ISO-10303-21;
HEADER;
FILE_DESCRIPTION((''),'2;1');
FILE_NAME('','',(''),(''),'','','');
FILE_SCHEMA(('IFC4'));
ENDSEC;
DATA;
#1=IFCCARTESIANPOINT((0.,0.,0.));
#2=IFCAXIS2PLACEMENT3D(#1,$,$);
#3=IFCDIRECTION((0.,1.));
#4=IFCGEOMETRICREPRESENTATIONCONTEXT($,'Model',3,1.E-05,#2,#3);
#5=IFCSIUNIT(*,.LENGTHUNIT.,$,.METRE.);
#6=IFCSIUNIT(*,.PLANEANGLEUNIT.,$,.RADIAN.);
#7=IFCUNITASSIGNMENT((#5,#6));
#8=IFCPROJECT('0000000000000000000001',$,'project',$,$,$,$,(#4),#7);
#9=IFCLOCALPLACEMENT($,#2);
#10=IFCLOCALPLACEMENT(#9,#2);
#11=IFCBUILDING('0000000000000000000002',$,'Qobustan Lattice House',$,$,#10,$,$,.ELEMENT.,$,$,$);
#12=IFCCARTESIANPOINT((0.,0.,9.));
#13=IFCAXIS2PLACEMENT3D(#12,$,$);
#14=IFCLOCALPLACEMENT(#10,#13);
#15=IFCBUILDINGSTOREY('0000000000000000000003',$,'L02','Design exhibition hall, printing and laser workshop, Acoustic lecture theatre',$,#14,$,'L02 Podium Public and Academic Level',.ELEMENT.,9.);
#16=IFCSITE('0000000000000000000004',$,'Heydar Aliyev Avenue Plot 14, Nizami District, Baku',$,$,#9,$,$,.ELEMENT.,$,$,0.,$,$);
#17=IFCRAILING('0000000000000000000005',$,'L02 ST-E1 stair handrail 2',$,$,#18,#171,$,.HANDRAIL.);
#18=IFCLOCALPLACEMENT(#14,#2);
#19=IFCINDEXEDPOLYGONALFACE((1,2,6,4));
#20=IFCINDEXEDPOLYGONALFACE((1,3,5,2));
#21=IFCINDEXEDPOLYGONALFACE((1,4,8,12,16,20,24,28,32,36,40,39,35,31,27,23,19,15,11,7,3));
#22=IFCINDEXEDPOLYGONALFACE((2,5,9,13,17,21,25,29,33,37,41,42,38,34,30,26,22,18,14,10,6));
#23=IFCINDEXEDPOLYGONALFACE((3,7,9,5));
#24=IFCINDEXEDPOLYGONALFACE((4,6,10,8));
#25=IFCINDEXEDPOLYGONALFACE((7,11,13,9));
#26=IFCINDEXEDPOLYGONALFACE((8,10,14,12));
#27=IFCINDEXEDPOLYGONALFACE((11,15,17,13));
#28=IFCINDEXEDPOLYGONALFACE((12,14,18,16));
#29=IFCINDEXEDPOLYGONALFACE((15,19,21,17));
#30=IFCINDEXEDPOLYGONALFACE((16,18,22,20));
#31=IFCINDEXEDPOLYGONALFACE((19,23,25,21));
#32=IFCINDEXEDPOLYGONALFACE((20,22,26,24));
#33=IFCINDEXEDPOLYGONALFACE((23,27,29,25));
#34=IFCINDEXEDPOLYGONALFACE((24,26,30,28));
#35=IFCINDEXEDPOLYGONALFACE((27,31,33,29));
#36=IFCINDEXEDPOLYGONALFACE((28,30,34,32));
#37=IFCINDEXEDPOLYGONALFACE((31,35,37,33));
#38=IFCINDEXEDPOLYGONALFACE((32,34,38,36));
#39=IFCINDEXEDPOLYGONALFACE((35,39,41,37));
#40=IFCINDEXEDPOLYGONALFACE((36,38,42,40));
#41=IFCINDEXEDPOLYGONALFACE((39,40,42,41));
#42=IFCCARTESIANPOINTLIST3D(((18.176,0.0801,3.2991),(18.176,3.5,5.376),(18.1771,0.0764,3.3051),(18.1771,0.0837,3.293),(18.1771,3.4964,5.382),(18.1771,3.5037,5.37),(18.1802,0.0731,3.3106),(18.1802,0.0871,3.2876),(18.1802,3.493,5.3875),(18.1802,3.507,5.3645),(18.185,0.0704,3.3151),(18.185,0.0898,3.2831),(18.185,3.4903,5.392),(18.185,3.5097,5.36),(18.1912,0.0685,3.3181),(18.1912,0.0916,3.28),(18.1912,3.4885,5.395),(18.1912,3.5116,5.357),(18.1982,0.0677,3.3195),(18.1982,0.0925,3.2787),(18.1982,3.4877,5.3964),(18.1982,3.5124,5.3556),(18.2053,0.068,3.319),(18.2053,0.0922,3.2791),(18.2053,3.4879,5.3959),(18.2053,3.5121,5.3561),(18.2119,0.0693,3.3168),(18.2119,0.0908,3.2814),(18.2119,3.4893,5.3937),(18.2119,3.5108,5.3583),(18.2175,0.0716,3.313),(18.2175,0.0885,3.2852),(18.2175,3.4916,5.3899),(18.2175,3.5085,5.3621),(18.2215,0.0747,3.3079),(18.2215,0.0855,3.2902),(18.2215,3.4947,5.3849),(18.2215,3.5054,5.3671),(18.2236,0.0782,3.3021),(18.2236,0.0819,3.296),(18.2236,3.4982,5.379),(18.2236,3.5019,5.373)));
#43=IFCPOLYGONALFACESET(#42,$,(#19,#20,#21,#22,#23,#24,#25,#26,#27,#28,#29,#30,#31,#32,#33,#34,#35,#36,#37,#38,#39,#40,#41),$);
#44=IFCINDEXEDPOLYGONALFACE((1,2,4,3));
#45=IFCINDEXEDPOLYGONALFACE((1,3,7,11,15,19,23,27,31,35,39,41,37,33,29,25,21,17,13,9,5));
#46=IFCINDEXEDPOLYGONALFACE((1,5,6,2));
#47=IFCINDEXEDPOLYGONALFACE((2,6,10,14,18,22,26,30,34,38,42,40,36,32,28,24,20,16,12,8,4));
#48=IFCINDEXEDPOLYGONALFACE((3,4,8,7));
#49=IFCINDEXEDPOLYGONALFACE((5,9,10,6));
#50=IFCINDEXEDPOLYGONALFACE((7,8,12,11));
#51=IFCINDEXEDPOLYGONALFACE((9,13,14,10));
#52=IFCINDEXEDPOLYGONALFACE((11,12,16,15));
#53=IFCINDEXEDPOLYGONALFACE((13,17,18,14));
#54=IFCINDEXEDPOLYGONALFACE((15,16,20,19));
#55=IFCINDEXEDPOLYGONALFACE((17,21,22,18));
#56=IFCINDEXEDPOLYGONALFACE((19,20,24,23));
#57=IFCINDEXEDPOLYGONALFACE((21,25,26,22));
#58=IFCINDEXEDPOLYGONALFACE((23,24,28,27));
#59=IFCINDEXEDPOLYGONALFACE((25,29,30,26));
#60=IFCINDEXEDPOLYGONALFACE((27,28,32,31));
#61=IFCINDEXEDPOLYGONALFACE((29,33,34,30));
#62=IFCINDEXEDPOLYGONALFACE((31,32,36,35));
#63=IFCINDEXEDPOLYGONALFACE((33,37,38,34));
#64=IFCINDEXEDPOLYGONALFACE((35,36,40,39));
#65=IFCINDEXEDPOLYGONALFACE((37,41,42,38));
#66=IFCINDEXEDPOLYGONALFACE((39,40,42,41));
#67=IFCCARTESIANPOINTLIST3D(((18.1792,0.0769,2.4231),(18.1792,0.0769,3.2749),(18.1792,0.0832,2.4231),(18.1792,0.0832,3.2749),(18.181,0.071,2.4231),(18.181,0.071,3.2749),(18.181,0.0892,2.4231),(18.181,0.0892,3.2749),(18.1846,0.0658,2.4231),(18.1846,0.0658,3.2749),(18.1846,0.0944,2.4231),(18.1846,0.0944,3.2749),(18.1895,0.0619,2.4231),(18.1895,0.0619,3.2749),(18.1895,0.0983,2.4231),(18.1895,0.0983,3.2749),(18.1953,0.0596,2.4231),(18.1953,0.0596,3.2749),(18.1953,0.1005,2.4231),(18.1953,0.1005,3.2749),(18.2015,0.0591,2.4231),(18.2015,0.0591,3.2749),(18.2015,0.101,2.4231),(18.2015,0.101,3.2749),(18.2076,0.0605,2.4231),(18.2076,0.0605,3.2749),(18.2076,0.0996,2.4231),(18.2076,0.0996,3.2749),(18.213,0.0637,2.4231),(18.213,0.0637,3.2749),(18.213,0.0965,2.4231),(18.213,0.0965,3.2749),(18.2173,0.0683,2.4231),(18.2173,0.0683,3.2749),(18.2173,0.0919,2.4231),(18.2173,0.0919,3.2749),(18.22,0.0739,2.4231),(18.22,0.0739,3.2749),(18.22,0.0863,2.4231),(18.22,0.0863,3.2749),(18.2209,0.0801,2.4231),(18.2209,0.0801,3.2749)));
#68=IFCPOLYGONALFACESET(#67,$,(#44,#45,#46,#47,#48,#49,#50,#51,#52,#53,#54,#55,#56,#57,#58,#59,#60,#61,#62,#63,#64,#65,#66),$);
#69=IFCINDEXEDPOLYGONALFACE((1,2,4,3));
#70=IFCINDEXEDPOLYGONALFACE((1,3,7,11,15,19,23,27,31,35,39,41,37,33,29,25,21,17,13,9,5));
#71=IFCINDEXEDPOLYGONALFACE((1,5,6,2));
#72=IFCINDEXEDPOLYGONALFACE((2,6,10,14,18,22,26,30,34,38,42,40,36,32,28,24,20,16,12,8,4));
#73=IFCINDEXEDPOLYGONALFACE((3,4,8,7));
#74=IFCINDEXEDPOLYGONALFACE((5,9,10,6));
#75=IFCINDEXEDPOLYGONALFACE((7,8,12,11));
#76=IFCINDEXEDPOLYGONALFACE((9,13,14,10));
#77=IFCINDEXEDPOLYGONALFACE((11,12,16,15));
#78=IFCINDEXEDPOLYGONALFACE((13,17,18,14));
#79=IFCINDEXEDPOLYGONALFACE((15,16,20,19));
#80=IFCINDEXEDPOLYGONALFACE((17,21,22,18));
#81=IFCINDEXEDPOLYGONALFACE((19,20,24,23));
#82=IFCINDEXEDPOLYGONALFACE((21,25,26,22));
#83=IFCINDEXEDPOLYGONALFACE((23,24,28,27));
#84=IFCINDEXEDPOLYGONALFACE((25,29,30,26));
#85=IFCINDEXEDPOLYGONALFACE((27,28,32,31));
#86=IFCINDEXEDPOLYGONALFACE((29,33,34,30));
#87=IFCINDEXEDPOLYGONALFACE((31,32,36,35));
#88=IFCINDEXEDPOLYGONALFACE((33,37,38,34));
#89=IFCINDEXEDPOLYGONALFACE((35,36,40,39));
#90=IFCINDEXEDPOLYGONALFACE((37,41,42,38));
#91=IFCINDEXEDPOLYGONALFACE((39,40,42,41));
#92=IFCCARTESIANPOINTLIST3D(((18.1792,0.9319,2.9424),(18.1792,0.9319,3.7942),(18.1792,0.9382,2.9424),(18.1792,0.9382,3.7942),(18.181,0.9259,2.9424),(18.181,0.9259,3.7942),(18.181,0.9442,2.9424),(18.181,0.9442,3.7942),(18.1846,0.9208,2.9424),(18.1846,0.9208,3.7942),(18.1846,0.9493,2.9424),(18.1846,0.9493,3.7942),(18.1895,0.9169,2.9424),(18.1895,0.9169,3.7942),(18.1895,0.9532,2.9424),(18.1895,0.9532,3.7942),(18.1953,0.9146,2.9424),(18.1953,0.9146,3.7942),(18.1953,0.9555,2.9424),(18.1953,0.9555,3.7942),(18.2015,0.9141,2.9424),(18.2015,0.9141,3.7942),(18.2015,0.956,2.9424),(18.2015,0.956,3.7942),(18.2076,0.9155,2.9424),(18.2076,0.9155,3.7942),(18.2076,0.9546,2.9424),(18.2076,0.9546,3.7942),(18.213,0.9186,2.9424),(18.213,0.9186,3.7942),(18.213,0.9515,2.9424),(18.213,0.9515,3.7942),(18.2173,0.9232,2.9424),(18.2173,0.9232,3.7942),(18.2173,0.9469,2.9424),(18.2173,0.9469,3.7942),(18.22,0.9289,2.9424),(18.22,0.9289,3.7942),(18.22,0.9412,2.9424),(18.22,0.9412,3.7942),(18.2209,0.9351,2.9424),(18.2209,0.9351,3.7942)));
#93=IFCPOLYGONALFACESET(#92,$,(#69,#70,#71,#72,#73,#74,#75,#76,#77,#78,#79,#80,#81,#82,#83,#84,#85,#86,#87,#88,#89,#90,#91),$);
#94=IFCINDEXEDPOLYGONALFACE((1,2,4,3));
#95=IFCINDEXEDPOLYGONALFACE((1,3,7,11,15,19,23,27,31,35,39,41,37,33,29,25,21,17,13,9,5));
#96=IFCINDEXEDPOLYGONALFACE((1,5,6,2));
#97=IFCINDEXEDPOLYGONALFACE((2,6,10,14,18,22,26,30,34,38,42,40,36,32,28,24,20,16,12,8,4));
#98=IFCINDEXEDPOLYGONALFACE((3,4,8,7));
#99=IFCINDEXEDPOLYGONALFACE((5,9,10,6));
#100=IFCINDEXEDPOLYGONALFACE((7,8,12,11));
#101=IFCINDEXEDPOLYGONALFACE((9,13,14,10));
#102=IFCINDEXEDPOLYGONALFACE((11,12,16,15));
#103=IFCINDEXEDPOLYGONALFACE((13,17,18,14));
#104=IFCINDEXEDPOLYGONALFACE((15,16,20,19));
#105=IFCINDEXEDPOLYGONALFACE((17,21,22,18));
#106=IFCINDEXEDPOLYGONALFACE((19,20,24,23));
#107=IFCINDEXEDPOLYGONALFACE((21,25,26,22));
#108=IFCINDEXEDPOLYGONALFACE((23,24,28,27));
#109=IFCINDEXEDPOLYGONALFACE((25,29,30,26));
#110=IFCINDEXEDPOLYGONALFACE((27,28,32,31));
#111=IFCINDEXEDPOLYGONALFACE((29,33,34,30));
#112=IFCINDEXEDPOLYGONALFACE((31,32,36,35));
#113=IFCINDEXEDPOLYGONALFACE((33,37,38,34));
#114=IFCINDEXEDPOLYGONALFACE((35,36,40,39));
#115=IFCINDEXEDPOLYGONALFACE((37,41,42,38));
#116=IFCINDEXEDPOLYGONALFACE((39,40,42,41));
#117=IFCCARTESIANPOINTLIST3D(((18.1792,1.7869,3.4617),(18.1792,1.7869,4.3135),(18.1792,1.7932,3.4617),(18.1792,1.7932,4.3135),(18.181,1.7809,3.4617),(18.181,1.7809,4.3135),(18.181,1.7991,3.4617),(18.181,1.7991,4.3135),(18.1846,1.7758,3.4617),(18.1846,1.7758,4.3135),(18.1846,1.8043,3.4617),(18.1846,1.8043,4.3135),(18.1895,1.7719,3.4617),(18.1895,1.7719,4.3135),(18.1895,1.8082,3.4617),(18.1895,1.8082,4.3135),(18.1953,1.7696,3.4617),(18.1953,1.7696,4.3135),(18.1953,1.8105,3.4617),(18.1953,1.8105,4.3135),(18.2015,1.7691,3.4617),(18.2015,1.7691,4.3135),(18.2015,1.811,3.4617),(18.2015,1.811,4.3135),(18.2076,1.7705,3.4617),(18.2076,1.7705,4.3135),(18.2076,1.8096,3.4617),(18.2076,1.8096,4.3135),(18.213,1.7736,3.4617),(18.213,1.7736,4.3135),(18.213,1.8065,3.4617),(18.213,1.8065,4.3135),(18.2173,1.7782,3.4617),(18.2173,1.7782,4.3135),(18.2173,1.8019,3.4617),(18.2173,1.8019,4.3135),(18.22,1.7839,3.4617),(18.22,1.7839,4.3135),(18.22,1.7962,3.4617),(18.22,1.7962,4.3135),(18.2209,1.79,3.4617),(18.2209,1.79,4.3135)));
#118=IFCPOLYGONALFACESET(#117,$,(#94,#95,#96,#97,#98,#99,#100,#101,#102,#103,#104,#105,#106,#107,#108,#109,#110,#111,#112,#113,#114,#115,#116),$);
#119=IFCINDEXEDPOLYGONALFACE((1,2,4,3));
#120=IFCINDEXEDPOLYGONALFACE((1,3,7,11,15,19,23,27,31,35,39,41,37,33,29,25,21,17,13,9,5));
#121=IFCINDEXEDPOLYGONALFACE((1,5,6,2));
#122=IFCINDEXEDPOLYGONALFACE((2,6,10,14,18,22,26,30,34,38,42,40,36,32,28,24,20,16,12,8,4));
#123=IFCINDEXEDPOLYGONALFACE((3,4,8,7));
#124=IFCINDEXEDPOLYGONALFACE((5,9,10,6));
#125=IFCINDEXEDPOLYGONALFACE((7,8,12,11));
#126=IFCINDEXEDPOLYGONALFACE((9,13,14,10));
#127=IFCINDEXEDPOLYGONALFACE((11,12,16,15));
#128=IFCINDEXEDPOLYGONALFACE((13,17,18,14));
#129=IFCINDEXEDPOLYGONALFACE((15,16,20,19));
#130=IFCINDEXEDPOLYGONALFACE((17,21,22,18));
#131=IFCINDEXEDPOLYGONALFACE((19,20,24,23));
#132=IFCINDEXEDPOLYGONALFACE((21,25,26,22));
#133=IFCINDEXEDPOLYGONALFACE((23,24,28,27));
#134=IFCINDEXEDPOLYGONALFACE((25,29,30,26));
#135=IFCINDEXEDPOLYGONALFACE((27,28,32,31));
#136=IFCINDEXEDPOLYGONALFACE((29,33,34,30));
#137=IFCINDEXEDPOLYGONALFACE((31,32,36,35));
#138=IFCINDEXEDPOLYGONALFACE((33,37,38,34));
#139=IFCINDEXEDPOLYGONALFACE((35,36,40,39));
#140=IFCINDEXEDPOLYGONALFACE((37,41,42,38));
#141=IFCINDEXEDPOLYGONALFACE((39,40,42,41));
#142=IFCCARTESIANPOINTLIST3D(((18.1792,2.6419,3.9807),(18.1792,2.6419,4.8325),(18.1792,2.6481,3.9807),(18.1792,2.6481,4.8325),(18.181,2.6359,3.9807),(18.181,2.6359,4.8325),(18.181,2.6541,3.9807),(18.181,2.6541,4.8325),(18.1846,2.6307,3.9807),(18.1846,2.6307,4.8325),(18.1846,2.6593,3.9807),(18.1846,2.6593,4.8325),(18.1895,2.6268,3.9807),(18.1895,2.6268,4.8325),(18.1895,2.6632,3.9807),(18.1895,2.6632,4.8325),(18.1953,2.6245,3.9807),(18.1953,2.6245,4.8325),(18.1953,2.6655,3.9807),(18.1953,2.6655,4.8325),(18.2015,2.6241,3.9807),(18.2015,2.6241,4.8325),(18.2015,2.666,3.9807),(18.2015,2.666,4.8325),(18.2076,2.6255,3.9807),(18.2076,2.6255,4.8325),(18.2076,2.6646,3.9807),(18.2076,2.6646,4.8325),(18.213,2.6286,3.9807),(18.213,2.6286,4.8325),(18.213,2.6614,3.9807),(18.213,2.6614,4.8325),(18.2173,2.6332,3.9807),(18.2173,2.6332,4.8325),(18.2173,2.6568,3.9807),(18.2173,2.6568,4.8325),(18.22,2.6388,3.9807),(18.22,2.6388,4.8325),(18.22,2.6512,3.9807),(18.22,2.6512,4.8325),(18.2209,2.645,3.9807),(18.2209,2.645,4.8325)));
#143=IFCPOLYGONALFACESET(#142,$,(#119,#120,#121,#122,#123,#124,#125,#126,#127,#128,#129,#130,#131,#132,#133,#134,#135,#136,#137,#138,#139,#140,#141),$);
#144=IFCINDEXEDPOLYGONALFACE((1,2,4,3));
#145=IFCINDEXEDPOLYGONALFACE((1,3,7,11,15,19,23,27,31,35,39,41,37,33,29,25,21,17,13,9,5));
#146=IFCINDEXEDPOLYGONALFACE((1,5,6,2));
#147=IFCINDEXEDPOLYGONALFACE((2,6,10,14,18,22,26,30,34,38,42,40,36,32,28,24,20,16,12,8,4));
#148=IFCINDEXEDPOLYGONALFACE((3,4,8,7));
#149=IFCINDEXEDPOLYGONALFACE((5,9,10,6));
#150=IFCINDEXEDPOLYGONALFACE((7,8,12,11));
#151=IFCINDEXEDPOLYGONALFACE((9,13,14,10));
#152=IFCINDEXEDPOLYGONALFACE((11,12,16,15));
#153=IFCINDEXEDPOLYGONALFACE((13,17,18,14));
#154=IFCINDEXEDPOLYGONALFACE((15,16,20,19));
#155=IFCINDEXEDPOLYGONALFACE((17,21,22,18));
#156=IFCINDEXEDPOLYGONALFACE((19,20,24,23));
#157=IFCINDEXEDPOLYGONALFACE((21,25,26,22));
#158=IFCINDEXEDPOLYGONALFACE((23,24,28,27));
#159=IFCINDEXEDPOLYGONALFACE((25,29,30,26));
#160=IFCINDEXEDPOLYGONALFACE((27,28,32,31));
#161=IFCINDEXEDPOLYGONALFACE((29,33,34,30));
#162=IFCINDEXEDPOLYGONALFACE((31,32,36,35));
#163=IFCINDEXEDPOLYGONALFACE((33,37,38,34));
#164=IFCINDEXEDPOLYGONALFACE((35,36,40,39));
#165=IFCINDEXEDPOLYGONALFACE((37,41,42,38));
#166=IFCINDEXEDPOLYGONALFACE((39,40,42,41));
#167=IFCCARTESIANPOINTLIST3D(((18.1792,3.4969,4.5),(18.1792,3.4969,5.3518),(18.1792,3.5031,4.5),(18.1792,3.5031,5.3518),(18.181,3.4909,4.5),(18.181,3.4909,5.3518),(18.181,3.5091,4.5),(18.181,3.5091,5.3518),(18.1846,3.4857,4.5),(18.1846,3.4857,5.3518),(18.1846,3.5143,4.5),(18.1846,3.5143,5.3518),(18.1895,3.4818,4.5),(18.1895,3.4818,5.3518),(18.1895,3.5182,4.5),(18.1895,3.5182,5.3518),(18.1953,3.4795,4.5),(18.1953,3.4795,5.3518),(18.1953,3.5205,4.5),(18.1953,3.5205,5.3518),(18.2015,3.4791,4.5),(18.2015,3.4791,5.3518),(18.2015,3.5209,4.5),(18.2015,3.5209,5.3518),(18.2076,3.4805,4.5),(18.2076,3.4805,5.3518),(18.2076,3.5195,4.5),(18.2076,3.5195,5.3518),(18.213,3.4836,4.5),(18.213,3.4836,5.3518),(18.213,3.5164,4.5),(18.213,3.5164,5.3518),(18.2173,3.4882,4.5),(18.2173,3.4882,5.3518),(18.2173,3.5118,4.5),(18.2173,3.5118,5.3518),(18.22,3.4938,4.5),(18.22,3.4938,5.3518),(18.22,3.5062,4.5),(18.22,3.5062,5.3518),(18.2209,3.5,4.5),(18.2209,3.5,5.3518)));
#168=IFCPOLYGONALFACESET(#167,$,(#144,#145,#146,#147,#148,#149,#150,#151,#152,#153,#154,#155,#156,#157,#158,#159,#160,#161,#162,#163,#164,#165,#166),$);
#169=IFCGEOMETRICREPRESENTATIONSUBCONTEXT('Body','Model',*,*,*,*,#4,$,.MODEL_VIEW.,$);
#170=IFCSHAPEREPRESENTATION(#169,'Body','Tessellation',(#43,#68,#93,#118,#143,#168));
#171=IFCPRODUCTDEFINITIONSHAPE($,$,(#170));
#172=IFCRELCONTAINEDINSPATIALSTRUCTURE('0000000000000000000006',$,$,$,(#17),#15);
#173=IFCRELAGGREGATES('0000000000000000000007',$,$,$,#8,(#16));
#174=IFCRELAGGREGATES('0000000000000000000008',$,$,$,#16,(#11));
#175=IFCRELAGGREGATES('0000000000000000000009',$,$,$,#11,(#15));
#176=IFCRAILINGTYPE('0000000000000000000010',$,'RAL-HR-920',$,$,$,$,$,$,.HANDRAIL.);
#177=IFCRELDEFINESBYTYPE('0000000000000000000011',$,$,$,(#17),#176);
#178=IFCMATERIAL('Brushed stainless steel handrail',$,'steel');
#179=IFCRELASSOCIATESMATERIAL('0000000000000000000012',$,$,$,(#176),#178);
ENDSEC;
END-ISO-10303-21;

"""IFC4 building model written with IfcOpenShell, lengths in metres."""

from ifc_helpers import new_model, si_unit, direction, frame, origin, origin_2d, place, context, subcontext, project, spatial, circle, extrude, material, type_object, element, save


model = new_model("IFC4")

# Units and contexts
model_context = context("Model", 3, precision=1e-05, world=origin(), true_north=direction((0.0, 1.0)))
body_context = subcontext(model_context, "Body", "Model", "MODEL_VIEW")
ifc_project = project(units=[si_unit("LENGTHUNIT", "METRE"), si_unit("PLANEANGLEUNIT", "RADIAN")], contexts=[model_context])

# Site, building, storey
site_placement = place(None, origin())
site = spatial("IfcSite", under=ifc_project, at=site_placement, Name="Heydar Aliyev Avenue Plot 14, Nizami District, Baku", CompositionType="ELEMENT", RefElevation=0.0)
building_placement = place(site_placement, origin())
building = spatial("IfcBuilding", under=site, at=building_placement, Name="Qobustan Lattice House", CompositionType="ELEMENT")
storey_placement = place(building_placement, frame((0.0, 0.0, 9.0)))
storey = spatial("IfcBuildingStorey", under=building, at=storey_placement, Name="L02", Description="Design exhibition hall, printing and laser workshop, Acoustic lecture theatre", LongName="L02 Podium Public and Academic Level", CompositionType="ELEMENT", Elevation=9.0)

# Railing
ifc_material_1 = material(Name="Brushed stainless steel handrail", Category="steel")
railing_type_1 = type_object("IfcRailingType", Name="RAL-HR-920", PredefinedType="HANDRAIL", material=ifc_material_1)
railing_1_placement = place(storey_placement, frame((18.2, 0.0801, 2.4231)))
element("IfcRailing", 1, at=railing_1_placement, inside=storey, type_object=railing_type_1, Name="L02 ST-E1 stair handrail 2", PredefinedType="HANDRAIL", context=body_context, shape_type="SweptSolid", body=[
    extrude(circle(Radius=0.0239, at=origin_2d()), frame((0.0, 0.0, 0.876), z_axis=(0.0, 0.85473, 0.519074), x_axis=(-1.0, 0.0, 0.0)), (0.0, 0.0, 1.0), 4.0012),
    extrude(circle(Radius=0.021, at=origin_2d()), origin(), (0.0, 0.0, 1.0), 0.8518),
    extrude(circle(Radius=0.021, at=origin_2d()), frame((0.0, 0.855, 0.5193)), (0.0, 0.0, 1.0), 0.8518),
    extrude(circle(Radius=0.021, at=origin_2d()), frame((0.0, 1.71, 1.0386)), (0.0, 0.0, 1.0), 0.8518),
    extrude(circle(Radius=0.021, at=origin_2d()), frame((0.0, 2.5649, 1.5576)), (0.0, 0.0, 1.0), 0.8518),
    extrude(circle(Radius=0.021, at=origin_2d()), frame((0.0, 3.4199, 2.0769)), (0.0, 0.0, 1.0), 0.8518),
])

save(model, "model.ifc")
